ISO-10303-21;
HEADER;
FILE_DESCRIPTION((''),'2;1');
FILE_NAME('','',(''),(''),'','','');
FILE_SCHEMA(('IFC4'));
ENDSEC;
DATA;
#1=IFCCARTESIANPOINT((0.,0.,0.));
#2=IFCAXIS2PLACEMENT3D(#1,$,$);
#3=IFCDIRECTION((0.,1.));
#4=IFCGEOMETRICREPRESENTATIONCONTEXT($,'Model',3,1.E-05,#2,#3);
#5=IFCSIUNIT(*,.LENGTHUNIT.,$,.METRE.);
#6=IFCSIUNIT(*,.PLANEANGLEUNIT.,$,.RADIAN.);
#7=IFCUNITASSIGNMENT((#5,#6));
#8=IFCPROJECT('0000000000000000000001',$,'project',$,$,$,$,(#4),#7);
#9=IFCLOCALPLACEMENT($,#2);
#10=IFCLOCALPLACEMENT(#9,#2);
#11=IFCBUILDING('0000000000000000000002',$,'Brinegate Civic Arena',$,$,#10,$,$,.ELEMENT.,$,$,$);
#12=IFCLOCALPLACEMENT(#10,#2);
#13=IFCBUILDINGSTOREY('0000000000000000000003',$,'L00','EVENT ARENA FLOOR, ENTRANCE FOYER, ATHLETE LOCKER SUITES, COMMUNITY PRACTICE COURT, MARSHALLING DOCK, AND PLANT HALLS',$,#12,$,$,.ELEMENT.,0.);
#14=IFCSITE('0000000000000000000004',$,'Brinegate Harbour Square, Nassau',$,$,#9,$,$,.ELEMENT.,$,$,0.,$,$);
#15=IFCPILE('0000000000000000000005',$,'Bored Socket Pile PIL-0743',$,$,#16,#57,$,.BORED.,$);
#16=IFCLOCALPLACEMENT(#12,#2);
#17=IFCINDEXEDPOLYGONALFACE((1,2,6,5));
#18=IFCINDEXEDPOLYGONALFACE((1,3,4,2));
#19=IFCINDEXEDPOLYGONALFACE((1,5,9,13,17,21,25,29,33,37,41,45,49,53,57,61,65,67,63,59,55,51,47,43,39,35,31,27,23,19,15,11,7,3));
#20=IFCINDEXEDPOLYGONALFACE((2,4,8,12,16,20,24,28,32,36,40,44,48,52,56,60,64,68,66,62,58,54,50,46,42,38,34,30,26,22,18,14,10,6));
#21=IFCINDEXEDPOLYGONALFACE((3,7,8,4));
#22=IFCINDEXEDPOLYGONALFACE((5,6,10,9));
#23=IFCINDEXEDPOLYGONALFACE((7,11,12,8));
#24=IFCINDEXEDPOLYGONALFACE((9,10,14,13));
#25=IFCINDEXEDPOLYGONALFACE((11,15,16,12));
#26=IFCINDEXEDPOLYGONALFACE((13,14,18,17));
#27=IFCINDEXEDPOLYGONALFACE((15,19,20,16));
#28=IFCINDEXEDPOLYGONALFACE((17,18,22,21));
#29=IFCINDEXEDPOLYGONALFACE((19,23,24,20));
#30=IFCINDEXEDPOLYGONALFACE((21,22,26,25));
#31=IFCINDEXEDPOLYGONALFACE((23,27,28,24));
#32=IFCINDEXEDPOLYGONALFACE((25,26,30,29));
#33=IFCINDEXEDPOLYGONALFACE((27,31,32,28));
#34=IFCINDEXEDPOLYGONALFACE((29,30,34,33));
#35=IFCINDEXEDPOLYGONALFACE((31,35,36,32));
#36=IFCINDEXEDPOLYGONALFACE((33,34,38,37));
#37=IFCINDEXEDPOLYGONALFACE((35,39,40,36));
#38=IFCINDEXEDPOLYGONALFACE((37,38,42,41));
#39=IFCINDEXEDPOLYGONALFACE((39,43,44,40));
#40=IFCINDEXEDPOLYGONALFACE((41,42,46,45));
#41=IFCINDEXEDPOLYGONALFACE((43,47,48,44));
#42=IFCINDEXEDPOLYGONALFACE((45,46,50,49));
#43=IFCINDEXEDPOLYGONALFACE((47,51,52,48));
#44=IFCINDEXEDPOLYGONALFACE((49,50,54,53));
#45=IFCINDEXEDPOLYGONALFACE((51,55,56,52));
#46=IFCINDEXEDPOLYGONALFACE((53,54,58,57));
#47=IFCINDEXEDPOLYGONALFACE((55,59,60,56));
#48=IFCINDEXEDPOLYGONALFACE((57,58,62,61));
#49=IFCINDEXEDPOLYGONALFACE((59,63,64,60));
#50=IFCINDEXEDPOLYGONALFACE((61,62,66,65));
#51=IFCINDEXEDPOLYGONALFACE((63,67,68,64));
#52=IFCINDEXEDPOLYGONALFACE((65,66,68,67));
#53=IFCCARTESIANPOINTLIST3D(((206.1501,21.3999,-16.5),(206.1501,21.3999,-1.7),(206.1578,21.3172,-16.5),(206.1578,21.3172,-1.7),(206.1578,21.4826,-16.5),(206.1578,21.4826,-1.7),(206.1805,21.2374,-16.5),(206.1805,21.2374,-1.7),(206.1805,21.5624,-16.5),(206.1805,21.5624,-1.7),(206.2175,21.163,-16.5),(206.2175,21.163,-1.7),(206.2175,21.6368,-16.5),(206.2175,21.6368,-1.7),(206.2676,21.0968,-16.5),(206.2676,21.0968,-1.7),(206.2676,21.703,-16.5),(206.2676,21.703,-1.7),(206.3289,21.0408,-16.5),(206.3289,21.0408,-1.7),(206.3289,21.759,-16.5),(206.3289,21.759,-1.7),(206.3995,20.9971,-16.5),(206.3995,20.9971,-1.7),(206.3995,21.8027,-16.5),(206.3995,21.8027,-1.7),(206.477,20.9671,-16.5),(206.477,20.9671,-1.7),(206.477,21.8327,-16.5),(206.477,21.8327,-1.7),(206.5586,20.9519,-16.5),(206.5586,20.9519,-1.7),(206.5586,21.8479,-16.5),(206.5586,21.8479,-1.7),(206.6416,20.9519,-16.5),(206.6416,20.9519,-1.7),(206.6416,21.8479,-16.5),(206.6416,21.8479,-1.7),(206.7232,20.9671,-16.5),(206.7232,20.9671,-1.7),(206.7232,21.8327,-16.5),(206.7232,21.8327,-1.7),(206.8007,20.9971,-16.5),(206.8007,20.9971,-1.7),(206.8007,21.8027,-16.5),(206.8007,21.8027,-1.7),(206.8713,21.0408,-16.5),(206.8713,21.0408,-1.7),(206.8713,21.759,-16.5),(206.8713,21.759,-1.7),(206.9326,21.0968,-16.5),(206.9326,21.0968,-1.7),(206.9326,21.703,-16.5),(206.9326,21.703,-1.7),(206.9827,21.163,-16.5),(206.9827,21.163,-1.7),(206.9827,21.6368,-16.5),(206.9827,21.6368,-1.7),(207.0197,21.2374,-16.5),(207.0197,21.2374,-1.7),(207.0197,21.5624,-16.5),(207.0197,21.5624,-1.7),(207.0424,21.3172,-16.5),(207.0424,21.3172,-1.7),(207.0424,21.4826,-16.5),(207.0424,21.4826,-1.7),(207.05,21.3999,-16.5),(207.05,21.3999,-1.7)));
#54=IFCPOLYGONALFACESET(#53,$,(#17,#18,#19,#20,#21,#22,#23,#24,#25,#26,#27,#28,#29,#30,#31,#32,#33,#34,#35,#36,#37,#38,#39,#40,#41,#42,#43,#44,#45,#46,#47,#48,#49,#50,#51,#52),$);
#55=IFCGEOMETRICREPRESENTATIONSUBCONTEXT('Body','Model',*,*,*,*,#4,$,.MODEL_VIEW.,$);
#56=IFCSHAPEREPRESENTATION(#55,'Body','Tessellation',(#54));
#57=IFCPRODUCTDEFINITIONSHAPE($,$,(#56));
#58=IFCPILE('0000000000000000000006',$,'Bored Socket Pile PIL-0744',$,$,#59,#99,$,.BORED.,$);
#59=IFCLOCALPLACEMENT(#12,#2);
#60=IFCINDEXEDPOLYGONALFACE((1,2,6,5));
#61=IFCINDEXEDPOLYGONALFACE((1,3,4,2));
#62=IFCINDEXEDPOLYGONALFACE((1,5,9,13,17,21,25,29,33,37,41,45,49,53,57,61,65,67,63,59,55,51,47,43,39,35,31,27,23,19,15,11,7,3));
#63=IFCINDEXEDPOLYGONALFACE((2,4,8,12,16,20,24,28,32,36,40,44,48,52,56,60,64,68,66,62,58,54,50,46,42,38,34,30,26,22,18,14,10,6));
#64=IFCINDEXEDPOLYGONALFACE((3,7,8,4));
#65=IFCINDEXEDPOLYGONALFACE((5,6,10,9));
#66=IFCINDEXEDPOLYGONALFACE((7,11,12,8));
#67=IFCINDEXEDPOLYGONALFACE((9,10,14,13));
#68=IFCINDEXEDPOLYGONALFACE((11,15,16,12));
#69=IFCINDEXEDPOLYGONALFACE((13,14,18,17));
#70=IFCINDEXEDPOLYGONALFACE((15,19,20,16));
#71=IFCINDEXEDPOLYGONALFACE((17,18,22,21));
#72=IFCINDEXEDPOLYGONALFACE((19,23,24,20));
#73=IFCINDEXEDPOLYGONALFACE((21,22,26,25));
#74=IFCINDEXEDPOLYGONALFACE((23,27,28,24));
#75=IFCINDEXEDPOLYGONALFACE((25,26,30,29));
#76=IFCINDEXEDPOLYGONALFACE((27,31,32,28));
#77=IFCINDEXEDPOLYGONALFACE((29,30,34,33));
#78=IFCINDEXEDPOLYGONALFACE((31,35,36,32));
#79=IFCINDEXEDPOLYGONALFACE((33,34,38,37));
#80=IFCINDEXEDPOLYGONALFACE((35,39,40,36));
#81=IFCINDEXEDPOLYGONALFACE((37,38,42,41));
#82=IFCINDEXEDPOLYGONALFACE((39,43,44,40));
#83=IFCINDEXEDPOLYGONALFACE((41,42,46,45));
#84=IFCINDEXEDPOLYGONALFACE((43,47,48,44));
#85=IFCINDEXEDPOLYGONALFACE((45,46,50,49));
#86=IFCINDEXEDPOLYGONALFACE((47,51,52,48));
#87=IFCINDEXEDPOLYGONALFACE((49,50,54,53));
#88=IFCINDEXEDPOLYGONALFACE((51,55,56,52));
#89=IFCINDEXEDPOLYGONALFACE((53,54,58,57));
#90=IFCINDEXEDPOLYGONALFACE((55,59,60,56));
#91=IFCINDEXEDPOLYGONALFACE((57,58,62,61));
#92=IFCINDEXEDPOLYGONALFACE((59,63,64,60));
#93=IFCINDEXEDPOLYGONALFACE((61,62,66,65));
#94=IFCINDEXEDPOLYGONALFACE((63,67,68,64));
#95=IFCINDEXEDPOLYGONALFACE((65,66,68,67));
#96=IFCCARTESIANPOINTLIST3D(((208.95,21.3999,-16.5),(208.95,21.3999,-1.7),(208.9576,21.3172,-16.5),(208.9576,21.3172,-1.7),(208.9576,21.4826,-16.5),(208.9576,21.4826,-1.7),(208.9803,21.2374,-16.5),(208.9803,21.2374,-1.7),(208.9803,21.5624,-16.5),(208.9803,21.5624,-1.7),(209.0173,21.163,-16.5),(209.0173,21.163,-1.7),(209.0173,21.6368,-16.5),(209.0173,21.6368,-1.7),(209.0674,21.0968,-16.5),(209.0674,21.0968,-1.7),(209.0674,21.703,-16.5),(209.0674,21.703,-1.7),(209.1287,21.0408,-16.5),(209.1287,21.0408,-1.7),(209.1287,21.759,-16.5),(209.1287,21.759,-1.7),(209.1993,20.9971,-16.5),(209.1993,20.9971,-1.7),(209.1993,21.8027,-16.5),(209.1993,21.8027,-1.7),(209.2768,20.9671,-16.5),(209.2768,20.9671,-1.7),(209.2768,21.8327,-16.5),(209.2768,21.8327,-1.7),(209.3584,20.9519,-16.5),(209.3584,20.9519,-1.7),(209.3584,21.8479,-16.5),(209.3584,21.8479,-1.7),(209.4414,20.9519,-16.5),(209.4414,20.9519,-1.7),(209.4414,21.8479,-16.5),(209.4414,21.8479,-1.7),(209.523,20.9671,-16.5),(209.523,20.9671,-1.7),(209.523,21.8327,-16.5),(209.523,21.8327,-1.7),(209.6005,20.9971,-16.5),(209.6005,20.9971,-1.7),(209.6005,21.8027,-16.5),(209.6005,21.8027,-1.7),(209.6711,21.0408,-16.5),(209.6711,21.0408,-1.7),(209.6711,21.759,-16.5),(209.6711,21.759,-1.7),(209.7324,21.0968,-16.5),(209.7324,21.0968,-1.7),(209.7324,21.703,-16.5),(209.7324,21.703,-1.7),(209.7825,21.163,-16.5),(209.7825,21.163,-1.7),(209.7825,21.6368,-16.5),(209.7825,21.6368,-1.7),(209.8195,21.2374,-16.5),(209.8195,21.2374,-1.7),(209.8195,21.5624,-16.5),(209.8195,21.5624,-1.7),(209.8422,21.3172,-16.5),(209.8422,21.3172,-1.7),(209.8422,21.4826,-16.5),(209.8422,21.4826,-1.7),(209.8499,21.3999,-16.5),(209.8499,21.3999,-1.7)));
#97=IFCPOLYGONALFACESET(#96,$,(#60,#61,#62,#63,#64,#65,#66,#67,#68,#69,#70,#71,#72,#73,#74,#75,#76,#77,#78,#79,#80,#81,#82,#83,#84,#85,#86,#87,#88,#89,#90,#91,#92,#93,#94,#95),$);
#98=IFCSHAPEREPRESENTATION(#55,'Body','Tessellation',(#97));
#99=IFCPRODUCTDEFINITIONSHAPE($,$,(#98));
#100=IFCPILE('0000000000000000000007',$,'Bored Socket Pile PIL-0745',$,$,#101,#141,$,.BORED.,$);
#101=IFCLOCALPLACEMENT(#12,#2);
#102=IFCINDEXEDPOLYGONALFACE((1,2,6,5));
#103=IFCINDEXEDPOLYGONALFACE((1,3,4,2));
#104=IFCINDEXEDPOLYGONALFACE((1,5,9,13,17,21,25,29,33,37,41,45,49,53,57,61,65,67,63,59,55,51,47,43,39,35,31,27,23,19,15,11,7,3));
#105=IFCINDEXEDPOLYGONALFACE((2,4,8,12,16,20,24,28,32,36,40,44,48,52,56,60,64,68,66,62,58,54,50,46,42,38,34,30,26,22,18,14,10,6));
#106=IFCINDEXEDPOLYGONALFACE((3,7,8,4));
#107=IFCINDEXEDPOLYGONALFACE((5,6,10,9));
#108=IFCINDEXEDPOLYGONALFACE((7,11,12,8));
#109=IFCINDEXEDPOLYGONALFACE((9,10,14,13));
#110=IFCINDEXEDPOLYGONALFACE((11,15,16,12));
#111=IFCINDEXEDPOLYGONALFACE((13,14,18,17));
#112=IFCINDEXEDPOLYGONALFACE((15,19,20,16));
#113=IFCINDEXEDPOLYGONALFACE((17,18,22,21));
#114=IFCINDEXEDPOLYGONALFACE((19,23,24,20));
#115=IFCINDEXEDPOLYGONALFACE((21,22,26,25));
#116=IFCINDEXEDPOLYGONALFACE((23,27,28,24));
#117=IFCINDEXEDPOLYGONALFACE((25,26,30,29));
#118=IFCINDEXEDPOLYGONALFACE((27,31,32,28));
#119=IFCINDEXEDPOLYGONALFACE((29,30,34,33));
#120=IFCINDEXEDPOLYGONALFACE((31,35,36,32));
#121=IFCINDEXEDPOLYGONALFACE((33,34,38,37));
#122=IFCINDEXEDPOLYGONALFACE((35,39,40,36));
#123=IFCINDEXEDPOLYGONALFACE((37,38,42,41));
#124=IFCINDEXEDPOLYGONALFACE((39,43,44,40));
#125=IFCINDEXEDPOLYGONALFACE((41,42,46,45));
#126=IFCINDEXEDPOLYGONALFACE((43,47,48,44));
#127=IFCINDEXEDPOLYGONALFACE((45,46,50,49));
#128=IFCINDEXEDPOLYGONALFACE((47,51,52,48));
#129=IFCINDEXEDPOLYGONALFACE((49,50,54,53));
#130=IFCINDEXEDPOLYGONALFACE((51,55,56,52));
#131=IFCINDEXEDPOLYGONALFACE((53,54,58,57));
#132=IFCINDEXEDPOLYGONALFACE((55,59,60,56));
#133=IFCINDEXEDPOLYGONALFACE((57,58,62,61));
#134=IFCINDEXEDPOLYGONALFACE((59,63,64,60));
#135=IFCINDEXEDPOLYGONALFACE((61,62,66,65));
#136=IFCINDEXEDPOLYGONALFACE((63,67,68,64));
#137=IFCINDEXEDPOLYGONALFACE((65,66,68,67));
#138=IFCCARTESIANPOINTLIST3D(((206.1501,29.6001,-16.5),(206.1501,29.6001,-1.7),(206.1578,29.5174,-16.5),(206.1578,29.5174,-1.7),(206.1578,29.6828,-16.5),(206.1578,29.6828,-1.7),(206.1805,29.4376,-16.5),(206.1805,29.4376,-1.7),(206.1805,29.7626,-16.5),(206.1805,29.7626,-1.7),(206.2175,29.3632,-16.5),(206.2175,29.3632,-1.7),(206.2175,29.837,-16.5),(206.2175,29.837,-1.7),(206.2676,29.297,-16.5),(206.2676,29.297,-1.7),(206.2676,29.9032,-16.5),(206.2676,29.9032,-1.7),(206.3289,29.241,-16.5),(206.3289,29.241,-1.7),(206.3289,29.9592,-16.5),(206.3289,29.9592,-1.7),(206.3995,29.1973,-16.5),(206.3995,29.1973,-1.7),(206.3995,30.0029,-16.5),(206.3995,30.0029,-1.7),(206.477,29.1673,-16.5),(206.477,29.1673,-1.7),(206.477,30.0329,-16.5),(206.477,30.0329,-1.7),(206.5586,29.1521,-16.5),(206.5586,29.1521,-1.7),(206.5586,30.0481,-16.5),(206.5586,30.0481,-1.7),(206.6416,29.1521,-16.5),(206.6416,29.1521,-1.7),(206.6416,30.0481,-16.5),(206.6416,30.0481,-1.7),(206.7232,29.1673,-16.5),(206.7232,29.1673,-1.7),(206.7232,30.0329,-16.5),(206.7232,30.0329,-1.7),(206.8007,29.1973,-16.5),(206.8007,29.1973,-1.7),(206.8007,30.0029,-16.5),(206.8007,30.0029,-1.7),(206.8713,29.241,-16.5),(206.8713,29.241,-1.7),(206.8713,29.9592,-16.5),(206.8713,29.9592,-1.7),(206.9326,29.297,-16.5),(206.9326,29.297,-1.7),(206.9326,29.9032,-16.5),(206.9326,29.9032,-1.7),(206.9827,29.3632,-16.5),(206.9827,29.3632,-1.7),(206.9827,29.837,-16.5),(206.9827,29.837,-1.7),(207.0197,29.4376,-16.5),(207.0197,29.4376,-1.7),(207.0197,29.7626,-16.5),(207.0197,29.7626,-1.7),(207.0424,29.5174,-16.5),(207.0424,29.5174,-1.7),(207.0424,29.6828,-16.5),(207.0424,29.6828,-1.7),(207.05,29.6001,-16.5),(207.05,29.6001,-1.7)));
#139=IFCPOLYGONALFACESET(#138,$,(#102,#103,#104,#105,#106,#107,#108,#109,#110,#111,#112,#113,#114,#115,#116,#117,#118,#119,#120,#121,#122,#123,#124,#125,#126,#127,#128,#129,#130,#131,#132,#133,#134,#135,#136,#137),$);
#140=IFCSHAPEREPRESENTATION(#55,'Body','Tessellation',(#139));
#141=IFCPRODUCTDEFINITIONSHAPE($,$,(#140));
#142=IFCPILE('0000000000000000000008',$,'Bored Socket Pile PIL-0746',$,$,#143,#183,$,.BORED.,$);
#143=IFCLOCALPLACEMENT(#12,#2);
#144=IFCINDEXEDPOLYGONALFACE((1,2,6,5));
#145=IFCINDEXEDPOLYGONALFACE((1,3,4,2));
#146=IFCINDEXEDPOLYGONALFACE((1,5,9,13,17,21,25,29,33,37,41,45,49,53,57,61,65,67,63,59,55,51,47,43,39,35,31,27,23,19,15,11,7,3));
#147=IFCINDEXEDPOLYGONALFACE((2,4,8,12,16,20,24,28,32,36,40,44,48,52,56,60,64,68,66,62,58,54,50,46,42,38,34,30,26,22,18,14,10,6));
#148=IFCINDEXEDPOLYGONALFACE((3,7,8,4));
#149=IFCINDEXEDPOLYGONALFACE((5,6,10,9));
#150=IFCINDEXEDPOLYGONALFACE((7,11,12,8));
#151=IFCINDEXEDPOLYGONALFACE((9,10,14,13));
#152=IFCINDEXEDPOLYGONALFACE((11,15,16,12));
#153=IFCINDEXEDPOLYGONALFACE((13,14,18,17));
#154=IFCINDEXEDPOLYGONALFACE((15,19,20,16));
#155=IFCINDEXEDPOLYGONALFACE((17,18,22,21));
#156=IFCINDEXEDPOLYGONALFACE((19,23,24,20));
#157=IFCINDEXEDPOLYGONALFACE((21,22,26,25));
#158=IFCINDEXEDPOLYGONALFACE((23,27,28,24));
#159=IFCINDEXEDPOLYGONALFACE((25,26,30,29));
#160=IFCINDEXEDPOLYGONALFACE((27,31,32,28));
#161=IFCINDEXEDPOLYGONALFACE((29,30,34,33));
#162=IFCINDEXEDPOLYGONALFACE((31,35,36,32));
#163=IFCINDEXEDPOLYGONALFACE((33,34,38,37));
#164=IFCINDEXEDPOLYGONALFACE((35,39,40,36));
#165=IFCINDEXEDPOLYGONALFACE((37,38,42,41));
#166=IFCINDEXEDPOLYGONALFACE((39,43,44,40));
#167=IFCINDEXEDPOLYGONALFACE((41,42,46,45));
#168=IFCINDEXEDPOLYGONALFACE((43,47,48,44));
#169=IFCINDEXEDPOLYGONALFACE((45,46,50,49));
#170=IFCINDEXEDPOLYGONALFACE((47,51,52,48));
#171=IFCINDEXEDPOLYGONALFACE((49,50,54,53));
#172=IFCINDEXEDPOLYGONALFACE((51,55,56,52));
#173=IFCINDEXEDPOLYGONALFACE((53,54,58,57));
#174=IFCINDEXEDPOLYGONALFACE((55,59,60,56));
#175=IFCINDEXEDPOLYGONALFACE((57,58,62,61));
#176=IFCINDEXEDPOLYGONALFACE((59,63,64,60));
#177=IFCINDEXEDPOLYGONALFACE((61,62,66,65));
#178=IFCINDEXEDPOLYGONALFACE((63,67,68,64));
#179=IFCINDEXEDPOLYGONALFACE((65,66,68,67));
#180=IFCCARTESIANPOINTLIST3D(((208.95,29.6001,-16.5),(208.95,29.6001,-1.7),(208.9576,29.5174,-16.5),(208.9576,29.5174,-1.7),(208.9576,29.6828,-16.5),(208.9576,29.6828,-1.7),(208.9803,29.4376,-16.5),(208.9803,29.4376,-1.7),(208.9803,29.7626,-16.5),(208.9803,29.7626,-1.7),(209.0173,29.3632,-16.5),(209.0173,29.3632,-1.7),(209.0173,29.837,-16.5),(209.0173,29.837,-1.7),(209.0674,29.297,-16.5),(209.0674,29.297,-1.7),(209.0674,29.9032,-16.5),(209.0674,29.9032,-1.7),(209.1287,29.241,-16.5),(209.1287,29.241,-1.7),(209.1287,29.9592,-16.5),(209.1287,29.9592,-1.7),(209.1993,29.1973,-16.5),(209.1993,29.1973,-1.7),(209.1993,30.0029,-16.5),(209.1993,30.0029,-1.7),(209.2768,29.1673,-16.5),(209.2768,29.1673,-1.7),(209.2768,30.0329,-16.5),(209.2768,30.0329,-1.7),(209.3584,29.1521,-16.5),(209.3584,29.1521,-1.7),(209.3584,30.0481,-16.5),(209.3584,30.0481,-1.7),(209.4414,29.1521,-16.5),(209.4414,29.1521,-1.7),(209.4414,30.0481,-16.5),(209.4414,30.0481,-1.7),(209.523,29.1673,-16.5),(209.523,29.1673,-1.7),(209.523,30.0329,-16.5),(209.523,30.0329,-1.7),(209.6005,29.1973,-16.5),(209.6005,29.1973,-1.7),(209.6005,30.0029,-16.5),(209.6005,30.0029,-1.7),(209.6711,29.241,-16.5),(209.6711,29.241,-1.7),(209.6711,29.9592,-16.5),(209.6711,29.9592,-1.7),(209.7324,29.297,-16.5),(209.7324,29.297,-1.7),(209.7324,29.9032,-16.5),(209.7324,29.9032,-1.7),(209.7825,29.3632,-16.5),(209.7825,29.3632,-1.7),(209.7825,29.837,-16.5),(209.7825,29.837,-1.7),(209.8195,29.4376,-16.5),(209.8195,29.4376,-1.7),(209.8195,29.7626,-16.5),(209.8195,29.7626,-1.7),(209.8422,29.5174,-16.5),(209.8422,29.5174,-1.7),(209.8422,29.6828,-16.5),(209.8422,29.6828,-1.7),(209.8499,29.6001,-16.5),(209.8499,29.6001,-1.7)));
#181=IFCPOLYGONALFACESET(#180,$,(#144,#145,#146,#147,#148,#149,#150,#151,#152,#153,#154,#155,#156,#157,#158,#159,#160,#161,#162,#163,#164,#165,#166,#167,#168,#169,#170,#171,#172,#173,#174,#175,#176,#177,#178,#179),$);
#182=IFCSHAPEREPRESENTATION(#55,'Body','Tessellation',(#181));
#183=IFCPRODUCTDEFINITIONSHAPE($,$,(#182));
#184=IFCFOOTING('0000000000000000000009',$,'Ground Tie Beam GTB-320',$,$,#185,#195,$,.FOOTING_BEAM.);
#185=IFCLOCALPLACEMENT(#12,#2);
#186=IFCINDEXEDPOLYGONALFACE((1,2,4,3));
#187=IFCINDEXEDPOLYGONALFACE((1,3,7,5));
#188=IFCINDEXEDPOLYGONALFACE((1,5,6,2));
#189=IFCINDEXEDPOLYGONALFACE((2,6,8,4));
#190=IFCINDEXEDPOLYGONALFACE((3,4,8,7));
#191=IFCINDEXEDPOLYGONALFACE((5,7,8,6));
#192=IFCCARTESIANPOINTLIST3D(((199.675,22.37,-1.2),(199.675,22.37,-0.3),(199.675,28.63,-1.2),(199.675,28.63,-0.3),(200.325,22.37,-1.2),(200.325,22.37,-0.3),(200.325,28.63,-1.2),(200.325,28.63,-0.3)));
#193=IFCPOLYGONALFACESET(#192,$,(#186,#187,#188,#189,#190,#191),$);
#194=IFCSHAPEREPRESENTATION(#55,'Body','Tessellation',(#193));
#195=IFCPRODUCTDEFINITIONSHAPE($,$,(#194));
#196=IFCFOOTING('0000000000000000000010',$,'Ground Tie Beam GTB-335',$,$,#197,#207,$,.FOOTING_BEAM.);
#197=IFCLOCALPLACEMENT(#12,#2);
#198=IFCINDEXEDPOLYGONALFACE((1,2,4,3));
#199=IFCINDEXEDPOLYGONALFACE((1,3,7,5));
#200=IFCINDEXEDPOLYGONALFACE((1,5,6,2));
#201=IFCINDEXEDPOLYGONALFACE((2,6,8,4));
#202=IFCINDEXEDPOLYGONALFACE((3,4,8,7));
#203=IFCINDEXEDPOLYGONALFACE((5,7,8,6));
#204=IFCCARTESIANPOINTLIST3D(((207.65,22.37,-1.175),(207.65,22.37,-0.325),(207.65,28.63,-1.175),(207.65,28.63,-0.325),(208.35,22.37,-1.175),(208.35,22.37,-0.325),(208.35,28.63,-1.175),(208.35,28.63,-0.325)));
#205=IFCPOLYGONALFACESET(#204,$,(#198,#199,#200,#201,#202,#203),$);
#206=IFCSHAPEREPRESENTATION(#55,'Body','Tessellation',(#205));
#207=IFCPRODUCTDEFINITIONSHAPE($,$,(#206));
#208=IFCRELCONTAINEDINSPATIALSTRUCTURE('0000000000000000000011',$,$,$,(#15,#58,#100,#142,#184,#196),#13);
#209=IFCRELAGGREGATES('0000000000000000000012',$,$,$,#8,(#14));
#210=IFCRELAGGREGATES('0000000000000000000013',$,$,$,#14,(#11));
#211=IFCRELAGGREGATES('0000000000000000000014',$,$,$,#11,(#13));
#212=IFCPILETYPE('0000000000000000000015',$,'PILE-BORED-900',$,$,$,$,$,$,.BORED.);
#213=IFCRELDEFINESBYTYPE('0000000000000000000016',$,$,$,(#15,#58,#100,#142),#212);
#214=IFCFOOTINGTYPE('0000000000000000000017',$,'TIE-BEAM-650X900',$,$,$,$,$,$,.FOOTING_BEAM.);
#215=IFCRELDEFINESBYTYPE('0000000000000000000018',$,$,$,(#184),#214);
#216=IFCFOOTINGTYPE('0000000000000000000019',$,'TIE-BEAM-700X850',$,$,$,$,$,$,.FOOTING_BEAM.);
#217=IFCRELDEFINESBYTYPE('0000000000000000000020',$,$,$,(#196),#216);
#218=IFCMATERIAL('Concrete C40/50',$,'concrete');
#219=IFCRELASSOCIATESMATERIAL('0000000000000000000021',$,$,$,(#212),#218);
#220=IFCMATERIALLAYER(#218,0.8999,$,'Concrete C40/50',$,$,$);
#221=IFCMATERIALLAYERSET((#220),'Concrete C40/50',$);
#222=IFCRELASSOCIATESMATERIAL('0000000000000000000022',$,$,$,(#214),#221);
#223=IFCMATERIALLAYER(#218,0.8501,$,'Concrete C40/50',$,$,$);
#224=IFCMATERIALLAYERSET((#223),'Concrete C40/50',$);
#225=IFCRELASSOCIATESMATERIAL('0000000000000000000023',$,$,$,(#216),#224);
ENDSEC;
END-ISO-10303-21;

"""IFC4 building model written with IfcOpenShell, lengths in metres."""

from ifc_helpers import new_model, si_unit, direction, frame, origin, origin_2d, place, context, subcontext, project, spatial, rectangle, circle, extrude, material, layer, layer_set, material_profile, profile_set, type_object, element, save


model = new_model("IFC4")

# Units and contexts
model_context = context("Model", 3, precision=1e-05, world=origin(), true_north=direction((0.0, 1.0)))
body_context = subcontext(model_context, "Body", "Model", "MODEL_VIEW")
ifc_project = project(units=[si_unit("LENGTHUNIT", "METRE"), si_unit("PLANEANGLEUNIT", "RADIAN")], contexts=[model_context])

# Site, building, storey
site_placement = place(None, origin())
site = spatial("IfcSite", under=ifc_project, at=site_placement, Name="Brinegate Harbour Square, Nassau", CompositionType="ELEMENT", RefElevation=0.0)
building_placement = place(site_placement, origin())
building = spatial("IfcBuilding", under=site, at=building_placement, Name="Brinegate Civic Arena", CompositionType="ELEMENT")
storey_placement = place(building_placement, origin())
storey = spatial("IfcBuildingStorey", under=building, at=storey_placement, Name="L00", Description="EVENT ARENA FLOOR, ENTRANCE FOYER, ATHLETE LOCKER SUITES, COMMUNITY PRACTICE COURT, MARSHALLING DOCK, AND PLANT HALLS", CompositionType="ELEMENT", Elevation=0.0)

# Shared definitions
ifc_material_1 = material(Name="Concrete C40/50", Category="concrete")

# Piles
ifc_material_profile_1 = material_profile(ifc_material_1, circle(Radius=0.45, at=origin_2d()), Name="PILED900")
ifc_profile_set_1 = profile_set([ifc_material_profile_1], Name="Concrete C40/50")
pile_type = type_object("IfcPileType", Name="PILE-BORED-900", PredefinedType="BORED", material=ifc_profile_set_1)
for number, where, z_axis, x_axis, name in (
    (1, (206.6001, 21.3999, -1.7), (0.0, 0.0, -1.0), (1.0, 0.0, 0.0), "Bored Socket Pile PIL-0743"),
    (2, (209.3999, 21.3999, -1.7), (0.0, 0.0, -1.0), (1.0, 0.0, 0.0), "Bored Socket Pile PIL-0744"),
    (3, (206.6001, 29.6001, -1.7), (0.0, 0.0, -1.0), (1.0, 0.0, 0.0), "Bored Socket Pile PIL-0745"),
    (4, (209.3999, 29.6001, -1.7), (0.0, 0.0, -1.0), (1.0, 0.0, 0.0), "Bored Socket Pile PIL-0746"),
):
    element("IfcPile", number, at=place(storey_placement, frame(where, z_axis=z_axis, x_axis=x_axis)), inside=storey, type_object=pile_type, Name=name, PredefinedType="BORED", context=body_context, shape_type="SweptSolid", body=[
        extrude(circle(Radius=0.45, at=origin_2d()), origin(), (0.0, 0.0, 1.0), 14.8),
    ])

# Footings
ifc_layer_1 = layer(ifc_material_1, 0.8999, Name="Concrete C40/50")
ifc_layer_set_1 = layer_set([ifc_layer_1], Name="Concrete C40/50")
footing_type_1 = type_object("IfcFootingType", Name="TIE-BEAM-650X900", PredefinedType="FOOTING_BEAM", material=ifc_layer_set_1)
footing_1_placement = place(storey_placement, frame((200.0, 25.5, -1.2), z_axis=(0.0, 0.0, 1.0), x_axis=(0.0, 1.0, 0.0)))
element("IfcFooting", 5, at=footing_1_placement, inside=storey, type_object=footing_type_1, Name="Ground Tie Beam GTB-320", PredefinedType="FOOTING_BEAM", context=body_context, shape_type="SweptSolid", body=[
    extrude(rectangle(XDim=6.26, YDim=0.6499, at=origin_2d()), origin(), (0.0, 0.0, 1.0), 0.8999),
])
ifc_layer_2 = layer(ifc_material_1, 0.8501, Name="Concrete C40/50")
ifc_layer_set_2 = layer_set([ifc_layer_2], Name="Concrete C40/50")
footing_type_2 = type_object("IfcFootingType", Name="TIE-BEAM-700X850", PredefinedType="FOOTING_BEAM", material=ifc_layer_set_2)
footing_2_placement = place(storey_placement, frame((208.0, 25.5, -1.175), z_axis=(0.0, 0.0, 1.0), x_axis=(0.0, 1.0, 0.0)))
element("IfcFooting", 6, at=footing_2_placement, inside=storey, type_object=footing_type_2, Name="Ground Tie Beam GTB-335", PredefinedType="FOOTING_BEAM", context=body_context, shape_type="SweptSolid", body=[
    extrude(rectangle(XDim=6.26, YDim=0.7, at=origin_2d()), origin(), (0.0, 0.0, 1.0), 0.8501),
])

save(model, "model.ifc")
